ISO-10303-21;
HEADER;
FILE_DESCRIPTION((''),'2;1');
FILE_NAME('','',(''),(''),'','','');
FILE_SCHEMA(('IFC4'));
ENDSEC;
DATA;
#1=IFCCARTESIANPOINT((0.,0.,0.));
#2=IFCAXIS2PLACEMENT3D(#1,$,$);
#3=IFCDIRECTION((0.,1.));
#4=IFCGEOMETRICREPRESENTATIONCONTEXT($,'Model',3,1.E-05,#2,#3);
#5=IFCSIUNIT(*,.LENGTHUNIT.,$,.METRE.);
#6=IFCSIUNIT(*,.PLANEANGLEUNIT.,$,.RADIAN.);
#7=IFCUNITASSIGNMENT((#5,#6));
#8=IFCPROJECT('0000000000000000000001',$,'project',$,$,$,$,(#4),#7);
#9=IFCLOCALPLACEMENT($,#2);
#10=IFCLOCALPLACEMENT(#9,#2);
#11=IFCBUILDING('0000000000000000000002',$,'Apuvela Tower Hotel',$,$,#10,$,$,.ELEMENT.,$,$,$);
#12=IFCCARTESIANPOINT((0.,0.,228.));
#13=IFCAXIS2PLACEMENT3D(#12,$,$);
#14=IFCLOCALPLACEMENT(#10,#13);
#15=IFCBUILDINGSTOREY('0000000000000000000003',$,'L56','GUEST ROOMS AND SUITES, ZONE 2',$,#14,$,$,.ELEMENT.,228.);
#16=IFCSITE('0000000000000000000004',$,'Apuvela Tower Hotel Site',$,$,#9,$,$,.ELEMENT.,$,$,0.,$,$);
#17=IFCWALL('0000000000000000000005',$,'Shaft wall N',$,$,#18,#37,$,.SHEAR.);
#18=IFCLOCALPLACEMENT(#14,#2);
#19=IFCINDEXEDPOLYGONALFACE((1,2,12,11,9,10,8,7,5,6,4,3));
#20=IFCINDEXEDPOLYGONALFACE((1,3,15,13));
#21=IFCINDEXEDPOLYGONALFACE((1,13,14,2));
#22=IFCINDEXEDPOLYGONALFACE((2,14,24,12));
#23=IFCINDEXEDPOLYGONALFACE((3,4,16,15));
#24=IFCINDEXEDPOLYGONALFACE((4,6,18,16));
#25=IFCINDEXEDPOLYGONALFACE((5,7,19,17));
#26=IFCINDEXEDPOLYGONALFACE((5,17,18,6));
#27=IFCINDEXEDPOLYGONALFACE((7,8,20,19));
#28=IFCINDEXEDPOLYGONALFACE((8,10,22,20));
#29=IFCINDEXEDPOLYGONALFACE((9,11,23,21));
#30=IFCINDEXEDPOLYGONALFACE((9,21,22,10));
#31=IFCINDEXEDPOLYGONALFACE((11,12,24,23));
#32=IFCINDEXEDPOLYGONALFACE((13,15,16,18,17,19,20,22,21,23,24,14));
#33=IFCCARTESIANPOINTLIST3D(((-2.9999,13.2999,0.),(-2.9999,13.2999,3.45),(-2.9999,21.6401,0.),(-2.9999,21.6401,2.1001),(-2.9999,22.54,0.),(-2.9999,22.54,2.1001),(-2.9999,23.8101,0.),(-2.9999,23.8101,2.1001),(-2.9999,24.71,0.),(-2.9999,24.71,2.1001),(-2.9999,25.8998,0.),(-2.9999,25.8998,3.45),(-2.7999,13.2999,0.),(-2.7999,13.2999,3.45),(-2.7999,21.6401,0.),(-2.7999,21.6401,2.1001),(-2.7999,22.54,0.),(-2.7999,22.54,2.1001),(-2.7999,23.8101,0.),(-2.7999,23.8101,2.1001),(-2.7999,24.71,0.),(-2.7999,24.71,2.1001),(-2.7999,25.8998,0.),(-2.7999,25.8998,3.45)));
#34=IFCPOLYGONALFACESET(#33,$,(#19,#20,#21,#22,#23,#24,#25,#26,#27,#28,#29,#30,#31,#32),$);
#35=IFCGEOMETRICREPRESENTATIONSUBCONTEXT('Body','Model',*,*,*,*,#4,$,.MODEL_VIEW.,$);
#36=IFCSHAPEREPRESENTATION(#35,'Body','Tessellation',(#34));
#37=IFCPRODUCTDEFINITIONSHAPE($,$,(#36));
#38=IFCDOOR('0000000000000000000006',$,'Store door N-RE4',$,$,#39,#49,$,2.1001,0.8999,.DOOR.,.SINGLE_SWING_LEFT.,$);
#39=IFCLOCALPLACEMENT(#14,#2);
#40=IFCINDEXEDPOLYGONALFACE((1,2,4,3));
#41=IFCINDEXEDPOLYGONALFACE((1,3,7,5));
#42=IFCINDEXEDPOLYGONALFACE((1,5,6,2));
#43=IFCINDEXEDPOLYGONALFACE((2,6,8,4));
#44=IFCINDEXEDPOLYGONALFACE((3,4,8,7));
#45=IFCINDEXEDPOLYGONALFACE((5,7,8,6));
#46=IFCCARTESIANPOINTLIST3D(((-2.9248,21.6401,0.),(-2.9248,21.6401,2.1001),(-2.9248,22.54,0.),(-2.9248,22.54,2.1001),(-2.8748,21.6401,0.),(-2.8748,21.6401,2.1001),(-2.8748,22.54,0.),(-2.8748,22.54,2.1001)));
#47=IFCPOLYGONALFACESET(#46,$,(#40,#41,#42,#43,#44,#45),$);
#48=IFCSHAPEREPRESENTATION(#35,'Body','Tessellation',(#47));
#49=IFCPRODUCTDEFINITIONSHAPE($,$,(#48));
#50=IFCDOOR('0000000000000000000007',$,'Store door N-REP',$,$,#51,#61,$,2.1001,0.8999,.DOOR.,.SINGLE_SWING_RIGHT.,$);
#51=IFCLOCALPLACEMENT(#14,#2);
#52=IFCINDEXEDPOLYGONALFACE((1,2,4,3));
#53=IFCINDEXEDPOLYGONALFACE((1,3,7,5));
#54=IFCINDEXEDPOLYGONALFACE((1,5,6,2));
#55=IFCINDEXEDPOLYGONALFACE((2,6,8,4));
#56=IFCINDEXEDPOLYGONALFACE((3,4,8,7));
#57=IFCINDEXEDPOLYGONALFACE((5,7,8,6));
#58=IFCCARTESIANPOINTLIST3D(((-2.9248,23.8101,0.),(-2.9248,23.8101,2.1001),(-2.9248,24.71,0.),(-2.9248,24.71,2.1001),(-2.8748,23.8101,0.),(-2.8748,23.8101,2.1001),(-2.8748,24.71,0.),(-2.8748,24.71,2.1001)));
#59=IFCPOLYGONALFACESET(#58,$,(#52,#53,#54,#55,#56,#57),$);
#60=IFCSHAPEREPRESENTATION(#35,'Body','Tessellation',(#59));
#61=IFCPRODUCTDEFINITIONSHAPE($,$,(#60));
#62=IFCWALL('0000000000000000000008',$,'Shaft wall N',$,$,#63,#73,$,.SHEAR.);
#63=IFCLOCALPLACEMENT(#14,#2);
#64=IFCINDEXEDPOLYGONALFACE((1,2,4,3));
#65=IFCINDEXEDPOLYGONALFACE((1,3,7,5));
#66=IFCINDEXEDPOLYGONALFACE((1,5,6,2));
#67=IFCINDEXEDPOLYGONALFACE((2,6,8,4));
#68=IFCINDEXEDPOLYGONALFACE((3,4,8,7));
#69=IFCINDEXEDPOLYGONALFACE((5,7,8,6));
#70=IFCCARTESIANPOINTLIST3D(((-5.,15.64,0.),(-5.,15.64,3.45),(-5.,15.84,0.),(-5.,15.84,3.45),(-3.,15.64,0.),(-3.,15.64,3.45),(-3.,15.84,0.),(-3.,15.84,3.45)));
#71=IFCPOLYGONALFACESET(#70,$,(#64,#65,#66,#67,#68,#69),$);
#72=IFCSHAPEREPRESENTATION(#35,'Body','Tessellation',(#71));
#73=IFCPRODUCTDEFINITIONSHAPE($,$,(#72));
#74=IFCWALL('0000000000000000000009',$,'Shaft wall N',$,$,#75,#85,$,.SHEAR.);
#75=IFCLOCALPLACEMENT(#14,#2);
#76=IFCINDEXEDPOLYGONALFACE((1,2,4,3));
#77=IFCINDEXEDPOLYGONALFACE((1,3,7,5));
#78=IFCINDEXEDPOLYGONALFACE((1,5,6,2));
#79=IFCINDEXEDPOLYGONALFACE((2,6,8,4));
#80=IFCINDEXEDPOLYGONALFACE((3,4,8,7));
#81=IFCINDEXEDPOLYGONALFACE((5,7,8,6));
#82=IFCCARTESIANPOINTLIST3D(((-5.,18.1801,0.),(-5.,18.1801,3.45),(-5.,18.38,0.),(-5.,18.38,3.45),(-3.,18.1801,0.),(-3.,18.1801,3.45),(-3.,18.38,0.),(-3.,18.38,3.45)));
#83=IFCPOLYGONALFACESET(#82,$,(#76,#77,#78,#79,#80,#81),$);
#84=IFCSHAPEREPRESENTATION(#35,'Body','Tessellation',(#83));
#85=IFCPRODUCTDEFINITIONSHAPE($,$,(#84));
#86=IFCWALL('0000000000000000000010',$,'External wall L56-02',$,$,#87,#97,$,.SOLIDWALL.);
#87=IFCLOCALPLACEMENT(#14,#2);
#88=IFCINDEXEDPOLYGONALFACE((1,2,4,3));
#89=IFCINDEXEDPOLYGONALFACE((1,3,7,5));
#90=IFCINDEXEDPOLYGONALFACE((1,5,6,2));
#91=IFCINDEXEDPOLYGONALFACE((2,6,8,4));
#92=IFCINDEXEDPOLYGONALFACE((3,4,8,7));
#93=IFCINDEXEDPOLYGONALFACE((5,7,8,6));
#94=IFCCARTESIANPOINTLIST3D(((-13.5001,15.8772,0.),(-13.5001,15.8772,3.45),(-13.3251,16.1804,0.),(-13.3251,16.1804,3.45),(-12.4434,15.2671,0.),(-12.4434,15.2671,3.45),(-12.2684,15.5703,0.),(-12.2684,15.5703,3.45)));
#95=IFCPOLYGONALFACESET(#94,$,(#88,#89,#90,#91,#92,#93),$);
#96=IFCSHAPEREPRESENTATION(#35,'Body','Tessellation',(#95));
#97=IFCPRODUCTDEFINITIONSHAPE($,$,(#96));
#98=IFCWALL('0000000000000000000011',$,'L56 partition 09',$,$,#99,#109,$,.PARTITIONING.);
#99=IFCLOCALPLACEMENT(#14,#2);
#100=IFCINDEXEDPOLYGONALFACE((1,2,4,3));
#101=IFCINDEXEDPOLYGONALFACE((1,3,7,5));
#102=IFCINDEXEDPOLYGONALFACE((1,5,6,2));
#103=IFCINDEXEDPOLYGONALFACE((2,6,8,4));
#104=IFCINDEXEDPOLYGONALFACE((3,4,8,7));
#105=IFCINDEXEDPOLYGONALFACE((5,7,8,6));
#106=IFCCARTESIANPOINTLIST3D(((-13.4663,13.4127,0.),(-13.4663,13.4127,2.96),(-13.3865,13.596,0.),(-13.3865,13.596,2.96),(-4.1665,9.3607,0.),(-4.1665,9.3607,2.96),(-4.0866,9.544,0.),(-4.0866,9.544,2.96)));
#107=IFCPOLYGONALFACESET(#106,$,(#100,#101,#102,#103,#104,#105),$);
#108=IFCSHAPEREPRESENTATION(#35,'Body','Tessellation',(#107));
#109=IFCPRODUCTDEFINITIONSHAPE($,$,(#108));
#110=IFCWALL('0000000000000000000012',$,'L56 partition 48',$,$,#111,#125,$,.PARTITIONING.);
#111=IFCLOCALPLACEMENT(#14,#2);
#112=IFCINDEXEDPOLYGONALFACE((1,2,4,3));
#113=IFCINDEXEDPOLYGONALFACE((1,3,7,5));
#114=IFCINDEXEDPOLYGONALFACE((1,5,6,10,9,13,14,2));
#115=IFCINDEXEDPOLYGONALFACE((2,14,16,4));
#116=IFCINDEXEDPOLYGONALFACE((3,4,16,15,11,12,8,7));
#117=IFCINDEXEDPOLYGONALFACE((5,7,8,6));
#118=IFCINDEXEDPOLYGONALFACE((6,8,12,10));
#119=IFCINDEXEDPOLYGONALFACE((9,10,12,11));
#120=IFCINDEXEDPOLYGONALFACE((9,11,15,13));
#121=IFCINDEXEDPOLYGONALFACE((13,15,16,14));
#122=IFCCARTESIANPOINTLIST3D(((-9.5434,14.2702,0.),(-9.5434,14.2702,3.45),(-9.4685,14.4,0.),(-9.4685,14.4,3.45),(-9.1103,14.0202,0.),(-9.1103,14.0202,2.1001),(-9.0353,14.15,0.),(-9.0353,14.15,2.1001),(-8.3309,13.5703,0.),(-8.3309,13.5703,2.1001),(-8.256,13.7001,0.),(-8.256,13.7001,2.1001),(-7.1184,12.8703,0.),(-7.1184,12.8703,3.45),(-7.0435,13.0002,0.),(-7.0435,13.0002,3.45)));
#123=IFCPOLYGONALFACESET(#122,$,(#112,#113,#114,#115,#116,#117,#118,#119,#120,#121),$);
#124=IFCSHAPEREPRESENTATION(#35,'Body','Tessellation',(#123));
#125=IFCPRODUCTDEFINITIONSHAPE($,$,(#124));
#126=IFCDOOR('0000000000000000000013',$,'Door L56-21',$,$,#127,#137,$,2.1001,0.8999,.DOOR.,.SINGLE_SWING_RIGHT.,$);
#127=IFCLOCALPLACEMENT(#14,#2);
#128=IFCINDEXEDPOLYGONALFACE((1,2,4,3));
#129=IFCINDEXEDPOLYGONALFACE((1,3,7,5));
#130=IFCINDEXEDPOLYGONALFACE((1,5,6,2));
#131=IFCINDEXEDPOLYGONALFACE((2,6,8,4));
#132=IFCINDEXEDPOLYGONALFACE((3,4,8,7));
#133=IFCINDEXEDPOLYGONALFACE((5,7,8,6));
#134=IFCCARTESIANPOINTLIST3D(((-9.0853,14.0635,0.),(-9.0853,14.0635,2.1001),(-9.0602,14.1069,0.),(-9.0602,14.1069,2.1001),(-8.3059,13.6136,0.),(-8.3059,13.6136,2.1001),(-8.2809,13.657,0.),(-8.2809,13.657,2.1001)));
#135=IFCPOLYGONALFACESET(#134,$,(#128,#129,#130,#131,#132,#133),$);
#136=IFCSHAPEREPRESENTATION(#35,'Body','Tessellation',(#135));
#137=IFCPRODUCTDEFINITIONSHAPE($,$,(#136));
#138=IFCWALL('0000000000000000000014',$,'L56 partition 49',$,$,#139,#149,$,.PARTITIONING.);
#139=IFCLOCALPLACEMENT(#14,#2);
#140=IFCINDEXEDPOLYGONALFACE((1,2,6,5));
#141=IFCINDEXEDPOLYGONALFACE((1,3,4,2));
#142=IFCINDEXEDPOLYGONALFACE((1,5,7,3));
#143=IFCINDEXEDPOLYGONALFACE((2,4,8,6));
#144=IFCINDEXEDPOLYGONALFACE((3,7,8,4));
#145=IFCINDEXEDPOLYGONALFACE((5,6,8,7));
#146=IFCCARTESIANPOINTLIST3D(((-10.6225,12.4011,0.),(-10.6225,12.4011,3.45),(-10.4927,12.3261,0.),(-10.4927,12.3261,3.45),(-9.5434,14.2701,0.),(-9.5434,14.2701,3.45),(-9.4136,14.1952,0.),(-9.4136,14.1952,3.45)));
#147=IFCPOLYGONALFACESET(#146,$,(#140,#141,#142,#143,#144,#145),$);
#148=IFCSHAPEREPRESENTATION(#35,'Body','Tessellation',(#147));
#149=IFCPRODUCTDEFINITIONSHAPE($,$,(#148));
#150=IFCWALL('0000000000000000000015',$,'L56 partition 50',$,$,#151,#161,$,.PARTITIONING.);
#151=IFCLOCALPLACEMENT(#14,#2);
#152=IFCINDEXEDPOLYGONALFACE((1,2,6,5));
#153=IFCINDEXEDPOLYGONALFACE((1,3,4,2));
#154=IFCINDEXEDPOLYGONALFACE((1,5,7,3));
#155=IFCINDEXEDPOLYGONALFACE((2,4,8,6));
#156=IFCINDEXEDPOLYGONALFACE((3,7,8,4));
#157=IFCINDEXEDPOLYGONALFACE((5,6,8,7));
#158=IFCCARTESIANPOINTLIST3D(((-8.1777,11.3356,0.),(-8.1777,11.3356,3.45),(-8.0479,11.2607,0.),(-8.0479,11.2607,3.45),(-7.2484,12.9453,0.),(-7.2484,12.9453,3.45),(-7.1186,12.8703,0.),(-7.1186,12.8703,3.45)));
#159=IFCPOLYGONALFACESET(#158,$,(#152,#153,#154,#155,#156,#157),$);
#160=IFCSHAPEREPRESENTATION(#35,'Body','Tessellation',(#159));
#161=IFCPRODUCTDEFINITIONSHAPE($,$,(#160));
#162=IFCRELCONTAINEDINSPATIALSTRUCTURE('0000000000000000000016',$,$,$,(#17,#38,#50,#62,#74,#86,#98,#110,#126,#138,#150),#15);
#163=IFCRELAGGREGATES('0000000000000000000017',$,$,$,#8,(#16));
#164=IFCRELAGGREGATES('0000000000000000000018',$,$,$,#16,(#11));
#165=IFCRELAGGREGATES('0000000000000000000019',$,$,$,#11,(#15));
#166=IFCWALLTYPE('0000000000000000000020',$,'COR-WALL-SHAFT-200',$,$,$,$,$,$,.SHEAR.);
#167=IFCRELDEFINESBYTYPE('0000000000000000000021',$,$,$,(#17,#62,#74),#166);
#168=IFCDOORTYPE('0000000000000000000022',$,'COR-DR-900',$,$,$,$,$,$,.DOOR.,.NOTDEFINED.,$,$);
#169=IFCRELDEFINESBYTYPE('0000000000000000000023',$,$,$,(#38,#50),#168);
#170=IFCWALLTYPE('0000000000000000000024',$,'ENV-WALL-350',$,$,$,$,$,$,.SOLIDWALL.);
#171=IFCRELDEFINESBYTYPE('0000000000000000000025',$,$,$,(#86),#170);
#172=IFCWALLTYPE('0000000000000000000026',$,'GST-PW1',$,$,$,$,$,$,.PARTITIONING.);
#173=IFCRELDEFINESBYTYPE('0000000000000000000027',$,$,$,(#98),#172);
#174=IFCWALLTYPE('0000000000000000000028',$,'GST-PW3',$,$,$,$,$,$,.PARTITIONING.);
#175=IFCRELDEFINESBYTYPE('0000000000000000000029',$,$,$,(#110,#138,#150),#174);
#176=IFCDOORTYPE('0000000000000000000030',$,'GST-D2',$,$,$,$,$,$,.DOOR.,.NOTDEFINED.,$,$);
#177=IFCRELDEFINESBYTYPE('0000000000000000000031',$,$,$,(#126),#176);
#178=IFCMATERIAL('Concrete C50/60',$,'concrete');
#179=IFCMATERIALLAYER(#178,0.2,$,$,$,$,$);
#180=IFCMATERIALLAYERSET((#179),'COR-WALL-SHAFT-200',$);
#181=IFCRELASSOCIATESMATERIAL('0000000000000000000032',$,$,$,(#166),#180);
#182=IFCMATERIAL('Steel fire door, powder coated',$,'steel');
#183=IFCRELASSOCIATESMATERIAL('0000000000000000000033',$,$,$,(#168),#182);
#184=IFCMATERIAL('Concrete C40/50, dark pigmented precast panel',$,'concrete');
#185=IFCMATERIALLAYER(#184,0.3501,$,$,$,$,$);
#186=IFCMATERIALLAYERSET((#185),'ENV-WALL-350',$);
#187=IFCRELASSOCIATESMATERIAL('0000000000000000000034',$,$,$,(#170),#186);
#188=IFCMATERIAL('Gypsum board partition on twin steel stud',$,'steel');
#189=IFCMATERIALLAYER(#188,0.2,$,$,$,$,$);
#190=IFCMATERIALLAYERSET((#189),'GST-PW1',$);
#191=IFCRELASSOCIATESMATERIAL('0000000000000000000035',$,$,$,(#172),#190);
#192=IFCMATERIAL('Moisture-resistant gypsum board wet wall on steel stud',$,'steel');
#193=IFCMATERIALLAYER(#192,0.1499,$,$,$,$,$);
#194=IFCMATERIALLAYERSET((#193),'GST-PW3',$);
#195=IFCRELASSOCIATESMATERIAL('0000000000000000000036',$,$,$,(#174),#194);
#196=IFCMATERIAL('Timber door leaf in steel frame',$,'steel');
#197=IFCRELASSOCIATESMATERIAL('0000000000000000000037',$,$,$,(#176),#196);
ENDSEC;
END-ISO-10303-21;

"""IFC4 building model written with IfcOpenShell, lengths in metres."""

from ifc_helpers import new_model, si_unit, direction, frame, frame_2d, origin, place, context, subcontext, project, spatial, rectangle, extrude, material, layer, layer_set, type_object, element, fill, save


model = new_model("IFC4")

# Units and contexts
model_context = context("Model", 3, precision=1e-05, world=origin(), true_north=direction((0.0, 1.0)))
body_context = subcontext(model_context, "Body", "Model", "MODEL_VIEW")
ifc_project = project(units=[si_unit("LENGTHUNIT", "METRE"), si_unit("PLANEANGLEUNIT", "RADIAN")], contexts=[model_context])

# Site, building, storey
site_placement = place(None, origin())
site = spatial("IfcSite", under=ifc_project, at=site_placement, Name="Apuvela Tower Hotel Site", CompositionType="ELEMENT", RefElevation=0.0)
building_placement = place(site_placement, origin())
building = spatial("IfcBuilding", under=site, at=building_placement, Name="Apuvela Tower Hotel", CompositionType="ELEMENT")
storey_placement = place(building_placement, frame((0.0, 0.0, 228.0)))
storey = spatial("IfcBuildingStorey", under=building, at=storey_placement, Name="L56", Description="GUEST ROOMS AND SUITES, ZONE 2", CompositionType="ELEMENT", Elevation=228.0)

# Shared definitions
ifc_material_1 = material(Name="Concrete C50/60", Category="concrete")
ifc_layer_1 = layer(ifc_material_1, 0.2)
ifc_layer_set_1 = layer_set([ifc_layer_1], Name="COR-WALL-SHAFT-200")
wall_type_1 = type_object("IfcWallType", Name="COR-WALL-SHAFT-200", PredefinedType="SHEAR", material=ifc_layer_set_1)

# Wall, openings, doors
wall_1_placement = place(storey_placement, frame((-2.8999, 13.3, 0.0), z_axis=(0.0, 0.0, 1.0), x_axis=(0.0, 1.0, 0.0)))
wall_1 = element("IfcWall", 1, at=wall_1_placement, inside=storey, type_object=wall_type_1, Name="Shaft wall N", PredefinedType="SHEAR", context=body_context, shape_type="SweptSolid", body=[
    extrude(rectangle(XDim=12.5999, YDim=0.2, at=frame_2d((6.2998, 0.0))), origin(), (0.0, 0.0, 1.0), 3.45),
])
opening_1_placement = place(wall_1_placement, frame((8.3401, 0.0, 0.0)))
opening_1 = element("IfcOpeningElement", 2, at=opening_1_placement, cuts=wall_1, PredefinedType="OPENING", context=body_context, shape_type="SweptSolid", body=[
    extrude(rectangle(XDim=0.8999, YDim=2.1001, at=frame_2d((0.45, 1.05))), frame((0.0, 0.1099, 0.0), z_axis=(0.0, -1.0, 0.0), x_axis=(1.0, 0.0, 0.0)), (0.0, 0.0, 1.0), 0.22),
])
opening_2_placement = place(wall_1_placement, frame((10.51, 0.0, 0.0)))
opening_2 = element("IfcOpeningElement", 3, at=opening_2_placement, cuts=wall_1, PredefinedType="OPENING", context=body_context, shape_type="SweptSolid", body=[
    extrude(rectangle(XDim=0.8999, YDim=2.1001, at=frame_2d((0.45, 1.05))), frame((0.0, 0.1099, 0.0), z_axis=(0.0, -1.0, 0.0), x_axis=(1.0, 0.0, 0.0)), (0.0, 0.0, 1.0), 0.22),
])
ifc_material_2 = material(Name="Steel fire door, powder coated", Category="steel")
door_type_1 = type_object("IfcDoorType", Name="COR-DR-900", OperationType="NOTDEFINED", PredefinedType="DOOR", material=ifc_material_2)
door_1_placement = place(opening_1_placement, origin())
door_1 = element("IfcDoor", 4, at=door_1_placement, inside=storey, type_object=door_type_1, Name="Store door N-RE4", OperationType="SINGLE_SWING_LEFT", OverallHeight=2.1001, OverallWidth=0.8999, PredefinedType="DOOR", context=body_context, shape_type="SweptSolid", body=[
    extrude(rectangle(XDim=0.8999, YDim=2.1001, at=frame_2d((0.45, 1.05))), frame((0.0, 0.0249, 0.0), z_axis=(0.0, -1.0, 0.0), x_axis=(1.0, 0.0, 0.0)), (0.0, 0.0, 1.0), 0.05),
])
fill(opening_1, door_1)
door_2_placement = place(opening_2_placement, origin())
door_2 = element("IfcDoor", 5, at=door_2_placement, inside=storey, type_object=door_type_1, Name="Store door N-REP", OperationType="SINGLE_SWING_RIGHT", OverallHeight=2.1001, OverallWidth=0.8999, PredefinedType="DOOR", context=body_context, shape_type="SweptSolid", body=[
    extrude(rectangle(XDim=0.8999, YDim=2.1001, at=frame_2d((0.45, 1.05))), frame((0.0, 0.0249, 0.0), z_axis=(0.0, -1.0, 0.0), x_axis=(1.0, 0.0, 0.0)), (0.0, 0.0, 1.0), 0.05),
])
fill(opening_2, door_2)

# Walls
for number, where, z_axis, x_axis, name in (
    (6, (-3.0, 15.74, 0.0), (0.0, 0.0, 1.0), (-1.0, 0.0, 0.0), "Shaft wall N"),
    (7, (-3.0, 18.28, 0.0), (0.0, 0.0, 1.0), (-1.0, 0.0, 0.0), "Shaft wall N"),
):
    element("IfcWall", number, at=place(storey_placement, frame(where, z_axis=z_axis, x_axis=x_axis)), inside=storey, type_object=wall_type_1, Name=name, PredefinedType="SHEAR", context=body_context, shape_type="SweptSolid", body=[
        extrude(rectangle(XDim=2.0, YDim=0.2, at=frame_2d((1.0, 0.0))), origin(), (0.0, 0.0, 1.0), 3.45),
    ])
ifc_material_3 = material(Name="Concrete C40/50, dark pigmented precast panel", Category="concrete")
ifc_layer_2 = layer(ifc_material_3, 0.3501)
ifc_layer_set_2 = layer_set([ifc_layer_2], Name="ENV-WALL-350")
wall_type_2 = type_object("IfcWallType", Name="ENV-WALL-350", PredefinedType="SOLIDWALL", material=ifc_layer_set_2)
wall_2_placement = place(storey_placement, frame((-13.4126, 16.0288, 0.0), z_axis=(0.0, 0.0, 1.0), x_axis=(0.866006, -0.500034, 0.0)))
element("IfcWall", 8, at=wall_2_placement, inside=storey, type_object=wall_type_2, Name="External wall L56-02", PredefinedType="SOLIDWALL", context=body_context, shape_type="SweptSolid", body=[
    extrude(rectangle(XDim=1.2202, YDim=0.3501, at=frame_2d((0.6101, 0.0))), origin(), (0.0, 0.0, 1.0), 3.45),
])

# Wall
ifc_material_4 = material(Name="Gypsum board partition on twin steel stud", Category="steel")
ifc_layer_3 = layer(ifc_material_4, 0.2)
ifc_layer_set_3 = layer_set([ifc_layer_3], Name="GST-PW1")
wall_type_3 = type_object("IfcWallType", Name="GST-PW1", PredefinedType="PARTITIONING", material=ifc_layer_set_3)
wall_3_placement = place(storey_placement, frame((-13.4265, 13.5044, 0.0), z_axis=(0.0, 0.0, 1.0), x_axis=(0.916759, -0.39944, 0.0)))
element("IfcWall", 9, at=wall_3_placement, inside=storey, type_object=wall_type_3, Name="L56 partition 09", PredefinedType="PARTITIONING", context=body_context, shape_type="SweptSolid", body=[
    extrude(rectangle(XDim=10.1443, YDim=0.2, at=frame_2d((5.0723, 0.0))), origin(), (0.0, 0.0, 1.0), 2.96),
])

# Wall, opening, door
ifc_material_5 = material(Name="Moisture-resistant gypsum board wet wall on steel stud", Category="steel")
ifc_layer_4 = layer(ifc_material_5, 0.1499)
ifc_layer_set_4 = layer_set([ifc_layer_4], Name="GST-PW3")
wall_type_4 = type_object("IfcWallType", Name="GST-PW3", PredefinedType="PARTITIONING", material=ifc_layer_set_4)
wall_4_placement = place(storey_placement, frame((-7.0811, 12.9353, 0.0), z_axis=(0.0, 0.0, 1.0), x_axis=(-0.866056, 0.499946, 0.0)))
wall_4 = element("IfcWall", 10, at=wall_4_placement, inside=storey, type_object=wall_type_4, Name="L56 partition 48", PredefinedType="PARTITIONING", context=body_context, shape_type="SweptSolid", body=[
    extrude(rectangle(XDim=2.8, YDim=0.1499, at=frame_2d((1.3999, 0.0))), origin(), (0.0, 0.0, 1.0), 3.45),
])
opening_3_placement = place(wall_4_placement, frame((1.3999, 0.0, 0.0)))
opening_3 = element("IfcOpeningElement", 11, at=opening_3_placement, cuts=wall_4, PredefinedType="OPENING", context=body_context, shape_type="SweptSolid", body=[
    extrude(rectangle(XDim=0.8999, YDim=2.1001, at=frame_2d((0.45, 1.05))), frame((0.0, 0.085, 0.0), z_axis=(0.0, -1.0, 0.0), x_axis=(1.0, 0.0, 0.0)), (0.0, 0.0, 1.0), 0.1699),
])
ifc_material_6 = material(Name="Timber door leaf in steel frame", Category="steel")
door_type_2 = type_object("IfcDoorType", Name="GST-D2", OperationType="NOTDEFINED", PredefinedType="DOOR", material=ifc_material_6)
door_3_placement = place(opening_3_placement, origin())
door_3 = element("IfcDoor", 12, at=door_3_placement, inside=storey, type_object=door_type_2, Name="Door L56-21", OperationType="SINGLE_SWING_RIGHT", OverallHeight=2.1001, OverallWidth=0.8999, PredefinedType="DOOR", context=body_context, shape_type="SweptSolid", body=[
    extrude(rectangle(XDim=0.8999, YDim=2.1001, at=frame_2d((0.45, 1.05))), frame((0.0, 0.0249, 0.0), z_axis=(0.0, -1.0, 0.0), x_axis=(1.0, 0.0, 0.0)), (0.0, 0.0, 1.0), 0.05),
])
fill(opening_3, door_3)

# Walls
wall_5_placement = place(storey_placement, frame((-9.4785, 14.2327, 0.0), z_axis=(0.0, 0.0, 1.0), x_axis=(-0.499984, -0.866035, 0.0)))
element("IfcWall", 13, at=wall_5_placement, inside=storey, type_object=wall_type_4, Name="L56 partition 49", PredefinedType="PARTITIONING", context=body_context, shape_type="SweptSolid", body=[
    extrude(rectangle(XDim=2.1582, YDim=0.1499, at=frame_2d((1.0791, 0.0))), origin(), (0.0, 0.0, 1.0), 3.45),
])
wall_6_placement = place(storey_placement, frame((-7.1836, 12.9077, 0.0), z_axis=(0.0, 0.0, 1.0), x_axis=(-0.499954, -0.866052, 0.0)))
element("IfcWall", 14, at=wall_6_placement, inside=storey, type_object=wall_type_4, Name="L56 partition 50", PredefinedType="PARTITIONING", context=body_context, shape_type="SweptSolid", body=[
    extrude(rectangle(XDim=1.8586, YDim=0.1499, at=frame_2d((0.9292, 0.0))), origin(), (0.0, 0.0, 1.0), 3.45),
])

save(model, "model.ifc")
